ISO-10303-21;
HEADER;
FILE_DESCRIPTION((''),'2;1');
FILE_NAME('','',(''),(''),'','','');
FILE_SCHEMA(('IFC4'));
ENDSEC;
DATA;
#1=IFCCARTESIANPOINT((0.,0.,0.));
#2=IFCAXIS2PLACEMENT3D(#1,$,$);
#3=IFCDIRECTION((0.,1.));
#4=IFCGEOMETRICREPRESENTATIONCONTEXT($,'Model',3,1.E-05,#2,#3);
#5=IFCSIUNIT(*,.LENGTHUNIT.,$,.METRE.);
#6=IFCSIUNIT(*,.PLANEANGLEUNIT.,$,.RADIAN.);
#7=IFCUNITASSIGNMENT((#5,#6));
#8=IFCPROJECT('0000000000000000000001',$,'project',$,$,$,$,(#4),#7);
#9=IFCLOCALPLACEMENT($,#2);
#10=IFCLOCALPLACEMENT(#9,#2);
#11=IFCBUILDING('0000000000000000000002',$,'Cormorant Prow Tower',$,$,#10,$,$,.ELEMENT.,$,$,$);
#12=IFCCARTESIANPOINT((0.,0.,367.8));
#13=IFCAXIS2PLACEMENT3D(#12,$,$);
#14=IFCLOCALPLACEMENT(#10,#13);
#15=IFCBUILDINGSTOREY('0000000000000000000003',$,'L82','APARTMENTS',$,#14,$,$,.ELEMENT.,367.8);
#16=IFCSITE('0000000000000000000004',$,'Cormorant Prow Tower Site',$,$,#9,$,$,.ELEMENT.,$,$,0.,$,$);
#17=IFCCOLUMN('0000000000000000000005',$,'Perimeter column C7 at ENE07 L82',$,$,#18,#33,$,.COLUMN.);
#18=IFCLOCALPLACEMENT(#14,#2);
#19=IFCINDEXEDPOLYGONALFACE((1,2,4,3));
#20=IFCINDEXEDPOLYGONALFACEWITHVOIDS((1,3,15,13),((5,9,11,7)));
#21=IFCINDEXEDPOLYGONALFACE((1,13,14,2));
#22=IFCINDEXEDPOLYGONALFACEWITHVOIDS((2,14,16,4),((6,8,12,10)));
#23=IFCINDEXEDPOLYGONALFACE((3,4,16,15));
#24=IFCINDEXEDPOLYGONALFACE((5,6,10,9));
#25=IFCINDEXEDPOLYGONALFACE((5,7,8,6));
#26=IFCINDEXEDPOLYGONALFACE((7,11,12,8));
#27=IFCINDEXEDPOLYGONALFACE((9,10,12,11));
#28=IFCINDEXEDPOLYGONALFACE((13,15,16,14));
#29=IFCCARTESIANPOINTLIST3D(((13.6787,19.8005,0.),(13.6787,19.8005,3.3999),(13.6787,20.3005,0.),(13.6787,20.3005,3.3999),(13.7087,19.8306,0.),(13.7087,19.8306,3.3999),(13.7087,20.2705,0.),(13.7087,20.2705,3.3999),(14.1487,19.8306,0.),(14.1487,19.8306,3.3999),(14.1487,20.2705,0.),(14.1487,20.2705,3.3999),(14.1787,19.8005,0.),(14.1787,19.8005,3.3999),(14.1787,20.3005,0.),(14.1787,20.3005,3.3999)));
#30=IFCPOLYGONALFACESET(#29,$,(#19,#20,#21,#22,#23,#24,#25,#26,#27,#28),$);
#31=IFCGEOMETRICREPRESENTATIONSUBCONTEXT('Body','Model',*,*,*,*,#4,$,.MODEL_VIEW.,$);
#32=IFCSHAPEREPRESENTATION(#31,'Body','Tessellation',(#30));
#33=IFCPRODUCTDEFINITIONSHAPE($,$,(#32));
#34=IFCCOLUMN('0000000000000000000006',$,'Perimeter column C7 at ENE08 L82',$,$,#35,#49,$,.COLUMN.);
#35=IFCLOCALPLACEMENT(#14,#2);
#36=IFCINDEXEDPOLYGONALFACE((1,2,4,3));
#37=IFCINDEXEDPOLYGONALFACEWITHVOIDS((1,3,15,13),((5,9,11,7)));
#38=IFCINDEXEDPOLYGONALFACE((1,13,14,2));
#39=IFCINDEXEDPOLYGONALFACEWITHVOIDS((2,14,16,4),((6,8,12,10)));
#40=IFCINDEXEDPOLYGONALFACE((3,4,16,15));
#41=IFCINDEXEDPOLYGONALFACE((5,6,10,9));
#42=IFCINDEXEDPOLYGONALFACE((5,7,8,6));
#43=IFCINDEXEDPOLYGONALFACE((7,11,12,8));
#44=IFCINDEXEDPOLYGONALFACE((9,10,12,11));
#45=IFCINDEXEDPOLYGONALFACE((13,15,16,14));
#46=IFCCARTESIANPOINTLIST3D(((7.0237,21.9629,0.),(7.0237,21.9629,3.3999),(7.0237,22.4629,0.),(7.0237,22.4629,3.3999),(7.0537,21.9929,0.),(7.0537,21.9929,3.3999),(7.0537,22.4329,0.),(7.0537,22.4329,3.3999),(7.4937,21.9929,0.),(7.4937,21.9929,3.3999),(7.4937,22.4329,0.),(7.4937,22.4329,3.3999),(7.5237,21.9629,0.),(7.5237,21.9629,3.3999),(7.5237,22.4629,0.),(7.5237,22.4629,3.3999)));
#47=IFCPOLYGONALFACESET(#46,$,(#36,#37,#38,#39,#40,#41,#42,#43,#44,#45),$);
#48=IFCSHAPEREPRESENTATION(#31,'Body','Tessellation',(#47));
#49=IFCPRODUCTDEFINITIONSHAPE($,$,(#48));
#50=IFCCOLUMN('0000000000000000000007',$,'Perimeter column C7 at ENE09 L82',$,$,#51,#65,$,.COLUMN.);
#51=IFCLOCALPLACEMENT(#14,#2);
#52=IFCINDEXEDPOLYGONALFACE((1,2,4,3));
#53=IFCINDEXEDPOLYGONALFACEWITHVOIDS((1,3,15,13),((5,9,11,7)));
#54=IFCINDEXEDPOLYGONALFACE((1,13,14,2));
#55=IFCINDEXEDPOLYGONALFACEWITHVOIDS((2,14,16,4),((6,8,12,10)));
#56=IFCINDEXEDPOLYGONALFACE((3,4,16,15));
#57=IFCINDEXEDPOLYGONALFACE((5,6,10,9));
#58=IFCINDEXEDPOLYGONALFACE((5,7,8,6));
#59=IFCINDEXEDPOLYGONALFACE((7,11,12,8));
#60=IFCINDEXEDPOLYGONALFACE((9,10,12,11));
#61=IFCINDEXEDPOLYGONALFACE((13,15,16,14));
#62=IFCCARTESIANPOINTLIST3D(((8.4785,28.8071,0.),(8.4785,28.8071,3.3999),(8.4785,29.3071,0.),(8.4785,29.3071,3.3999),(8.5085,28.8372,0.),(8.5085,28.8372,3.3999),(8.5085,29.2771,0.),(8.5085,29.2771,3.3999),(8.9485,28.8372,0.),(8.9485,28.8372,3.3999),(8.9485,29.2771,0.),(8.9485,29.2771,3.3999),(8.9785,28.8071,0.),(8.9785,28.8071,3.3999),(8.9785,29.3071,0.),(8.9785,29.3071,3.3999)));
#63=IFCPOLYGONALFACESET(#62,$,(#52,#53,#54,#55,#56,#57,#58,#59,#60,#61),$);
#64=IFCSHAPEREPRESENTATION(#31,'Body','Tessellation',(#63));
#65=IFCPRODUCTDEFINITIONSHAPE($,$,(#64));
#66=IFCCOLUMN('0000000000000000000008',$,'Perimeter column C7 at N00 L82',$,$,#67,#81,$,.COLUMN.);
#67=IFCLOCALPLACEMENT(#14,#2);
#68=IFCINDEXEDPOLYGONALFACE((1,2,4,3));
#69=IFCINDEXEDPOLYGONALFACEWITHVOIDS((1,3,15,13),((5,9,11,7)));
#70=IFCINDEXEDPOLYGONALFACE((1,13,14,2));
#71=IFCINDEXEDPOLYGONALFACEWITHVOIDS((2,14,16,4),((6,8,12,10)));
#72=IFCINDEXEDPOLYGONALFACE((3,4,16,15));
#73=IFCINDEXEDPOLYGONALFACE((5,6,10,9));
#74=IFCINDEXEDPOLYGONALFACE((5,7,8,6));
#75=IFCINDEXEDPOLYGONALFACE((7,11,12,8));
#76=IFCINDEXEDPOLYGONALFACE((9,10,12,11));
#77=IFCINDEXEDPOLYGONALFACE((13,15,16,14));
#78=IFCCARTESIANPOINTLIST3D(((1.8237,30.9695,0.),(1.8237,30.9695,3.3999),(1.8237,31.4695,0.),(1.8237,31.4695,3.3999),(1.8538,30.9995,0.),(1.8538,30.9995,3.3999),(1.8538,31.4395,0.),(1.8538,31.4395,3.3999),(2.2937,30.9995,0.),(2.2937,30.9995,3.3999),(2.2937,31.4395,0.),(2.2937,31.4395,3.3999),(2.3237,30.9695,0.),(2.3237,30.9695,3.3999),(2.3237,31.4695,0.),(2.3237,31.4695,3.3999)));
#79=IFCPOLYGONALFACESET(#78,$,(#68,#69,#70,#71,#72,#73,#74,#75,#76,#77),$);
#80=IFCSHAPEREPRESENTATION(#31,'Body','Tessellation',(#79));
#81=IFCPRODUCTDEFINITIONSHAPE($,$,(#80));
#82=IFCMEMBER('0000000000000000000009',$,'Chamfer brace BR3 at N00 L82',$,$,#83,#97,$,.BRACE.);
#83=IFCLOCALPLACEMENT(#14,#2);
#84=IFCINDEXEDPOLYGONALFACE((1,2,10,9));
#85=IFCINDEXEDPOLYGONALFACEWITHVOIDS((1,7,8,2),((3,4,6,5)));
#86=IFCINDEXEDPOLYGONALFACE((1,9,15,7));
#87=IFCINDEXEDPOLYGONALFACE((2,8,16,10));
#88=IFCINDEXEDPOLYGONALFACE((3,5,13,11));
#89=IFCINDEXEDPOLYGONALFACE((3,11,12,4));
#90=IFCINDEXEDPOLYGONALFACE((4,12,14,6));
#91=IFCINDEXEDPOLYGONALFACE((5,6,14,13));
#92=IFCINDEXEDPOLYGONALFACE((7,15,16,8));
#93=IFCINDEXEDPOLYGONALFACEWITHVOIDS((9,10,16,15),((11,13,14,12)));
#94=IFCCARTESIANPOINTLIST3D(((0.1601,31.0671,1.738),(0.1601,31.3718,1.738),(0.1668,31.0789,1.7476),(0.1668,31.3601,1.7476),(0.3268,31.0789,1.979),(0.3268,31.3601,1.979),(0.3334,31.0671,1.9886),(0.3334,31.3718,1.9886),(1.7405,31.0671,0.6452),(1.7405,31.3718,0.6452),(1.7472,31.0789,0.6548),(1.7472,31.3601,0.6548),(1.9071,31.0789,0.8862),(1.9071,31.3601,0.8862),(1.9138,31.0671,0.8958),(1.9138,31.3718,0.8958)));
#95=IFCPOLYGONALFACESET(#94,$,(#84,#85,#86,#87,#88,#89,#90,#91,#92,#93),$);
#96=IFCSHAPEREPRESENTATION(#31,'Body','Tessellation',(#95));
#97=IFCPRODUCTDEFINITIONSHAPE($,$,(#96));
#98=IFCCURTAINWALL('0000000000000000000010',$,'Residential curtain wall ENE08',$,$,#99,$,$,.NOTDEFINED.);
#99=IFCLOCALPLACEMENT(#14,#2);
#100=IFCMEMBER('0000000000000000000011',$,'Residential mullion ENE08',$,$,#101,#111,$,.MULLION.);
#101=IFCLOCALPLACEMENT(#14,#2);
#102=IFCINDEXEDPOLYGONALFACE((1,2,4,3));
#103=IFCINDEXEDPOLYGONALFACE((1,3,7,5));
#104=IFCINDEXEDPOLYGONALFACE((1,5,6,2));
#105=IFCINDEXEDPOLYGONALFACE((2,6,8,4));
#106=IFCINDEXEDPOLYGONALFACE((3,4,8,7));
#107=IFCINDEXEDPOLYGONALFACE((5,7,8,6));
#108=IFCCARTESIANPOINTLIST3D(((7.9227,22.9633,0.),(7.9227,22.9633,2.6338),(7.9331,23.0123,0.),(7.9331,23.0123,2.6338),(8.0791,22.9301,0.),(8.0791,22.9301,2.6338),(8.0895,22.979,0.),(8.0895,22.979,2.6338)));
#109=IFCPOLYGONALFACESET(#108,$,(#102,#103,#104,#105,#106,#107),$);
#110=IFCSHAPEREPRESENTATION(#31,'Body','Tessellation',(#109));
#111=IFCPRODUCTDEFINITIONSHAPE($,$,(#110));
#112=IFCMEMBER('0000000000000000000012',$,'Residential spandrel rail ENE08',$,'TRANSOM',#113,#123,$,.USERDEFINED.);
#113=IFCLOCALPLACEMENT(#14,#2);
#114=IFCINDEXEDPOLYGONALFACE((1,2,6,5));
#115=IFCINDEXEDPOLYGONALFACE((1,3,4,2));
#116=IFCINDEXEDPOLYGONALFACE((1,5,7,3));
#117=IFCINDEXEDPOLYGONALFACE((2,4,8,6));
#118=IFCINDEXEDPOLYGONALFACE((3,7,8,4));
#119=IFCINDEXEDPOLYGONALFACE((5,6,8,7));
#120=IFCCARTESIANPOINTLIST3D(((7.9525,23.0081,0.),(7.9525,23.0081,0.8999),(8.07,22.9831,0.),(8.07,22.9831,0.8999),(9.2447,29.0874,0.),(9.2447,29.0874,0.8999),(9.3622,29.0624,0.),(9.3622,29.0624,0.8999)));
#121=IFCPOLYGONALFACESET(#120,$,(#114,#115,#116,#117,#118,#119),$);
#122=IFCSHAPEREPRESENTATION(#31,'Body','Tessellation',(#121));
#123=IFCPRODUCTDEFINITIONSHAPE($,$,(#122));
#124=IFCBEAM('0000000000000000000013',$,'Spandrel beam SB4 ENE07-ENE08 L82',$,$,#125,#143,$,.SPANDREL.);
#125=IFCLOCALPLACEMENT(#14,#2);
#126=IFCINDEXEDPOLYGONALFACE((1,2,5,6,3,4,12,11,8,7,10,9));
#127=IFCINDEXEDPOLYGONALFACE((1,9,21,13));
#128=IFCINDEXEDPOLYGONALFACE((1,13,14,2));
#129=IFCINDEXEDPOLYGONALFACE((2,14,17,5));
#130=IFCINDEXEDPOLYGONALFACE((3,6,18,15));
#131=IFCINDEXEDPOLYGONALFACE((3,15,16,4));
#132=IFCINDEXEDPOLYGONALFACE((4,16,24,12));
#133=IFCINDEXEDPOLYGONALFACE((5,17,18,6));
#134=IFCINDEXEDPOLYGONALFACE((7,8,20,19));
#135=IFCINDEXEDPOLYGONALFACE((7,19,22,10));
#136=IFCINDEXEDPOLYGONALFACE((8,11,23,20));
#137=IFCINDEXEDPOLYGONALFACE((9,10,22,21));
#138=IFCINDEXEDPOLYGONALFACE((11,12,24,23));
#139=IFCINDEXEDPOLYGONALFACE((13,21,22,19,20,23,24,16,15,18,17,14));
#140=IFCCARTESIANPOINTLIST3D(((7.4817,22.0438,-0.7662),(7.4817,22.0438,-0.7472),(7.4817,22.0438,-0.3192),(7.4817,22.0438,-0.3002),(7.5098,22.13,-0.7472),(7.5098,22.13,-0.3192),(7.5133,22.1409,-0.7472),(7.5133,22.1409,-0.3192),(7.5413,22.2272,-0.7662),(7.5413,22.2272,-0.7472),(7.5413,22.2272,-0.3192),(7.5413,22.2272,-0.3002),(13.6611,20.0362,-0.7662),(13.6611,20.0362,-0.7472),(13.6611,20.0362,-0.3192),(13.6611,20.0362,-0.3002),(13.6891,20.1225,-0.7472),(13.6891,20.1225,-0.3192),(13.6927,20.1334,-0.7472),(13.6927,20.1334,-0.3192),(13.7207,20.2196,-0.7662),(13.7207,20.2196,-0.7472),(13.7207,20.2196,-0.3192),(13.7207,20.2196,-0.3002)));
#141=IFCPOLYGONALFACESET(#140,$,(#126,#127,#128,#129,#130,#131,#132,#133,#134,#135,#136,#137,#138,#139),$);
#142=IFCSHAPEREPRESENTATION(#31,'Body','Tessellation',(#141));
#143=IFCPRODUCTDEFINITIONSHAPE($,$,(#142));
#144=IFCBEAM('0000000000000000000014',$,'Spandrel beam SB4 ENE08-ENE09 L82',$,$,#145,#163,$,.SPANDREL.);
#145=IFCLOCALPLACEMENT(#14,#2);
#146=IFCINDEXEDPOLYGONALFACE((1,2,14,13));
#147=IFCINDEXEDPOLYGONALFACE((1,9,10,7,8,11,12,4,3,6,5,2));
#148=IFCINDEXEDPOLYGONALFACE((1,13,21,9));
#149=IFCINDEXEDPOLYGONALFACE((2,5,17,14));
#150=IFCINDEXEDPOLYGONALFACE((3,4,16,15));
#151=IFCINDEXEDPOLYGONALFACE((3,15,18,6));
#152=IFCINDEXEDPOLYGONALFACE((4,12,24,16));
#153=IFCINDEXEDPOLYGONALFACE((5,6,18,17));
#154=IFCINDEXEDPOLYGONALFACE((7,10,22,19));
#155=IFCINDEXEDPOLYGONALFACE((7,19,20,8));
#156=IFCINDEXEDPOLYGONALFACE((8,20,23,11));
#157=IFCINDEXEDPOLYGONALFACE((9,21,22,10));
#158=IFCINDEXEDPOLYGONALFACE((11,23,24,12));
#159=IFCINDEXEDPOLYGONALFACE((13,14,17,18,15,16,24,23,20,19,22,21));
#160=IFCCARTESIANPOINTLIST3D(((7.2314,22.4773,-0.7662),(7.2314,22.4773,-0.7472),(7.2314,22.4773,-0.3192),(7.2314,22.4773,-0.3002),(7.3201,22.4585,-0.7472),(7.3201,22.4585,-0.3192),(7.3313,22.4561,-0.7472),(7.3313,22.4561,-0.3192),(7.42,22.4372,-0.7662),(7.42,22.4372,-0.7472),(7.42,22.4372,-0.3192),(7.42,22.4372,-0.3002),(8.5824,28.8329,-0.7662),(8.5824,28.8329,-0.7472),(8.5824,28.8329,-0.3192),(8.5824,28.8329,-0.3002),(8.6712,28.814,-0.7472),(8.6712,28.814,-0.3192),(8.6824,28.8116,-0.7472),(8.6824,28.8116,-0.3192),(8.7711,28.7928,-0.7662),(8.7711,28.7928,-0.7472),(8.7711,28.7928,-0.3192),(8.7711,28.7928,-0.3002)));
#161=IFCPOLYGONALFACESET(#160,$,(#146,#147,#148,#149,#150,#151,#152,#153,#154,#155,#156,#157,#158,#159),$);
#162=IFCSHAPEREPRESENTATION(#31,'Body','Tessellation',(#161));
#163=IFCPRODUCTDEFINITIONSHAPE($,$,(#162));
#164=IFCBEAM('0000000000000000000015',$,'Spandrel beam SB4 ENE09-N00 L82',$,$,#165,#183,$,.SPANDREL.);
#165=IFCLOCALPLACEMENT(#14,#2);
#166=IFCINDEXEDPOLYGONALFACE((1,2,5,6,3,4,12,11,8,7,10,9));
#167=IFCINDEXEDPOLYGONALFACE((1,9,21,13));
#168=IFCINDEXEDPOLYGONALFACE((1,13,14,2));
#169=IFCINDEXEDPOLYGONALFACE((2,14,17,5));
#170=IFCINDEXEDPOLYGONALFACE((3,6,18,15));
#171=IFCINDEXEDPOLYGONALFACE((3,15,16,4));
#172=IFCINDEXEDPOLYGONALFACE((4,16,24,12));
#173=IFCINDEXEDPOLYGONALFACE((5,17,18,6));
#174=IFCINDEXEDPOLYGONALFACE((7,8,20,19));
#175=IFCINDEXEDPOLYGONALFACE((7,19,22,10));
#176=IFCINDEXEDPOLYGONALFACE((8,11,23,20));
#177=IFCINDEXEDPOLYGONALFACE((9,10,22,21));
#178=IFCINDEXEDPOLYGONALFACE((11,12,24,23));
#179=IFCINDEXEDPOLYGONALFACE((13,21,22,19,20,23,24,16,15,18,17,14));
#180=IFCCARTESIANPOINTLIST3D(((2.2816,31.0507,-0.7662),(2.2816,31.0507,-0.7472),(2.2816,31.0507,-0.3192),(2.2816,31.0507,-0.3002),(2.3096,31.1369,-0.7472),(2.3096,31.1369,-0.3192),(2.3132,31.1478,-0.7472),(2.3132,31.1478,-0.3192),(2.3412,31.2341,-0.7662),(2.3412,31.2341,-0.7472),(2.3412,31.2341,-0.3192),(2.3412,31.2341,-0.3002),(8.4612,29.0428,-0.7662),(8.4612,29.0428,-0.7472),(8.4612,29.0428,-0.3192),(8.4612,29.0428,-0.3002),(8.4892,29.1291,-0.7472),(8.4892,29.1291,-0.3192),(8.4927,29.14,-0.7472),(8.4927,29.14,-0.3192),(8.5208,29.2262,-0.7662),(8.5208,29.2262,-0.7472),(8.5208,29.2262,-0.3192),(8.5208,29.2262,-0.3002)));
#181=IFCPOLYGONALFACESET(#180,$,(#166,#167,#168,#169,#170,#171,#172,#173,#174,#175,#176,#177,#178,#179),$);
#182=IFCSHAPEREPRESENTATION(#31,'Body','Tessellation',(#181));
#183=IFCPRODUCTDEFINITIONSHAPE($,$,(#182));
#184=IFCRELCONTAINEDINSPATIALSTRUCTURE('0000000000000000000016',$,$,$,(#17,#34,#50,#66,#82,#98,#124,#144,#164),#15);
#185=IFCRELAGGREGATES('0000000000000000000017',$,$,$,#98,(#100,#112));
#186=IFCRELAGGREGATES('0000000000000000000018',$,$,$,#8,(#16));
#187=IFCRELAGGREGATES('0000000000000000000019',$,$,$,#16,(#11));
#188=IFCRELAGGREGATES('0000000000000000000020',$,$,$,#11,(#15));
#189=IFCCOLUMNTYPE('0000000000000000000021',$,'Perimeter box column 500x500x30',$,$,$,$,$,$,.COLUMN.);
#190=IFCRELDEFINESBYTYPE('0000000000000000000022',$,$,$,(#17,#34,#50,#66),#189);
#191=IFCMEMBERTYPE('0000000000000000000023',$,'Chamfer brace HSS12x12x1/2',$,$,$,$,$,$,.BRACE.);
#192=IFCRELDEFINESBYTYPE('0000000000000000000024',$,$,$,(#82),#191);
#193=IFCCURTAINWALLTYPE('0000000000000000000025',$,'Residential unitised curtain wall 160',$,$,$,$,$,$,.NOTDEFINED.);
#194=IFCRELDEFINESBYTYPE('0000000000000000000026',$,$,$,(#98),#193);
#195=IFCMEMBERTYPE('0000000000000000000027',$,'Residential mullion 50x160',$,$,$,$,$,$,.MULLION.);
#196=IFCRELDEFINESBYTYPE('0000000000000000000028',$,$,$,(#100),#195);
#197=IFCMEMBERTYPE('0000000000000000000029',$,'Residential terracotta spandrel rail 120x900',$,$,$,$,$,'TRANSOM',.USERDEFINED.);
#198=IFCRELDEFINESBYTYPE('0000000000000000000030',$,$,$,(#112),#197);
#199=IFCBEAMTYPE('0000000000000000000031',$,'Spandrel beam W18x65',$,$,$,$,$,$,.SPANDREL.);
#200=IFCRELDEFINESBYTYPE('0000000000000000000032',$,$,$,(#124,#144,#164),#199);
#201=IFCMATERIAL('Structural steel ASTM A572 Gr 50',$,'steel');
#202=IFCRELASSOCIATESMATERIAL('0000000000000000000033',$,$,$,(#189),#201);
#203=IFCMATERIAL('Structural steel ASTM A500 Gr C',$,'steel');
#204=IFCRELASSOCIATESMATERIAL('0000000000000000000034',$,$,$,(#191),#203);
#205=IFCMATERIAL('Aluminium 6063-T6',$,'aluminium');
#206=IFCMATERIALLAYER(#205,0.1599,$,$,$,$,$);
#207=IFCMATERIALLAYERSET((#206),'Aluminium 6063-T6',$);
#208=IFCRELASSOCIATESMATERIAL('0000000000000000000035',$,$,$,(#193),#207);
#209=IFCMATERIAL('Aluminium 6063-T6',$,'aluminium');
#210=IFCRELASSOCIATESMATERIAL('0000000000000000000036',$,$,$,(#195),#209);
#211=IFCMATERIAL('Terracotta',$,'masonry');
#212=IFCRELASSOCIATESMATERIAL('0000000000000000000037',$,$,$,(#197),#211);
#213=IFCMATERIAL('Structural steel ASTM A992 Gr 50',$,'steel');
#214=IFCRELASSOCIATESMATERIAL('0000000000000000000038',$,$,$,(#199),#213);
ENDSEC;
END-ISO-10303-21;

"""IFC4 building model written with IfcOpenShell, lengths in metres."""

from ifc_helpers import new_model, si_unit, direction, frame, origin, origin_2d, place, context, subcontext, project, spatial, rectangle, hollow_rectangle, i_section, extrude, material, layer, layer_set, material_profile, profile_set, type_object, element, aggregate, save


model = new_model("IFC4")

# Units and contexts
model_context = context("Model", 3, precision=1e-05, world=origin(), true_north=direction((0.0, 1.0)))
body_context = subcontext(model_context, "Body", "Model", "MODEL_VIEW")
ifc_project = project(units=[si_unit("LENGTHUNIT", "METRE"), si_unit("PLANEANGLEUNIT", "RADIAN")], contexts=[model_context])

# Site, building, storey
site_placement = place(None, origin())
site = spatial("IfcSite", under=ifc_project, at=site_placement, Name="Cormorant Prow Tower Site", CompositionType="ELEMENT", RefElevation=0.0)
building_placement = place(site_placement, origin())
building = spatial("IfcBuilding", under=site, at=building_placement, Name="Cormorant Prow Tower", CompositionType="ELEMENT")
storey_placement = place(building_placement, frame((0.0, 0.0, 367.8)))
storey = spatial("IfcBuildingStorey", under=building, at=storey_placement, Name="L82", Description="APARTMENTS", CompositionType="ELEMENT", Elevation=367.8)

# Columns
ifc_material_1 = material(Name="Structural steel ASTM A572 Gr 50", Category="steel")
ifc_material_profile_1 = material_profile(ifc_material_1, hollow_rectangle(XDim=0.5, YDim=0.5, WallThickness=0.03, at=origin_2d()), Name="Box 500x500x30")
ifc_profile_set_1 = profile_set([ifc_material_profile_1], Name="Structural steel ASTM A572 Gr 50")
column_type = type_object("IfcColumnType", Name="Perimeter box column 500x500x30", PredefinedType="COLUMN", material=ifc_profile_set_1)
for number, where, z_axis, x_axis, name in (
    (1, (13.9287, 20.0505, 0.0), (0.0, 0.0, 1.0), (1.0, 0.0, 0.0), "Perimeter column C7 at ENE07 L82"),
    (2, (7.2737, 22.2129, 0.0), (0.0, 0.0, 1.0), (1.0, 0.0, 0.0), "Perimeter column C7 at ENE08 L82"),
    (3, (8.7285, 29.0571, 0.0), (0.0, 0.0, 1.0), (1.0, 0.0, 0.0), "Perimeter column C7 at ENE09 L82"),
    (4, (2.0737, 31.2195, 0.0), (0.0, 0.0, 1.0), (1.0, 0.0, 0.0), "Perimeter column C7 at N00 L82"),
):
    element("IfcColumn", number, at=place(storey_placement, frame(where, z_axis=z_axis, x_axis=x_axis)), inside=storey, type_object=column_type, Name=name, PredefinedType="COLUMN", context=body_context, shape_type="SweptSolid", body=[
        extrude(hollow_rectangle(XDim=0.5, YDim=0.5, WallThickness=0.03, at=origin_2d()), origin(), (0.0, 0.0, 1.0), 3.3999),
    ])

# Member
ifc_material_2 = material(Name="Structural steel ASTM A500 Gr C", Category="steel")
ifc_material_profile_2 = material_profile(ifc_material_2, hollow_rectangle(XDim=0.3047, YDim=0.3047, WallThickness=0.0117, at=origin_2d()), Name="HSS12x12x1/2")
ifc_profile_set_2 = profile_set([ifc_material_profile_2], Name="Structural steel ASTM A500 Gr C")
member_type_1 = type_object("IfcMemberType", Name="Chamfer brace HSS12x12x1/2", PredefinedType="BRACE", material=ifc_profile_set_2)
member_1_placement = place(storey_placement, frame((1.8271, 31.2195, 0.7705), z_axis=(-0.822508, 0.0, 0.568754), x_axis=(0.0, -1.0, 0.0)))
element("IfcMember", 5, at=member_1_placement, inside=storey, type_object=member_type_1, Name="Chamfer brace BR3 at N00 L82", PredefinedType="BRACE", context=body_context, shape_type="SweptSolid", body=[
    extrude(hollow_rectangle(XDim=0.3047, YDim=0.3047, WallThickness=0.0117, at=origin_2d()), origin(), (0.0, 0.0, 1.0), 1.9214),
])

# Curtain wall, members
ifc_material_3 = material(Name="Aluminium 6063-T6", Category="aluminium")
ifc_layer_1 = layer(ifc_material_3, 0.1599)
ifc_layer_set_1 = layer_set([ifc_layer_1], Name="Aluminium 6063-T6")
curtain_wall_type = type_object("IfcCurtainWallType", Name="Residential unitised curtain wall 160", PredefinedType="NOTDEFINED", material=ifc_layer_set_1)
curtain_wall_placement = place(storey_placement, origin())
curtain_wall = element("IfcCurtainWall", 6, at=curtain_wall_placement, inside=storey, type_object=curtain_wall_type, Name="Residential curtain wall ENE08", PredefinedType="NOTDEFINED")
ifc_material_4 = material(Name="Aluminium 6063-T6", Category="aluminium")
ifc_material_profile_3 = material_profile(ifc_material_4, rectangle(XDim=0.1599, YDim=0.05, at=origin_2d()), Name="Residential mullion 50x160")
ifc_profile_set_3 = profile_set([ifc_material_profile_3], Name="Aluminium 6063-T6")
member_type_2 = type_object("IfcMemberType", Name="Residential mullion 50x160", PredefinedType="MULLION", material=ifc_profile_set_3)
member_2_placement = place(storey_placement, frame((8.0061, 22.9712, 0.0), z_axis=(0.0, 0.0, 1.0), x_axis=(-0.978148, 0.207912, 0.0)))
member_2 = element("IfcMember", 7, at=member_2_placement, type_object=member_type_2, Name="Residential mullion ENE08", PredefinedType="MULLION", context=body_context, shape_type="SweptSolid", body=[
    extrude(rectangle(XDim=0.1599, YDim=0.05, at=origin_2d()), origin(), (0.0, 0.0, 1.0), 2.6338),
])
ifc_material_5 = material(Name="Terracotta", Category="masonry")
ifc_material_profile_4 = material_profile(ifc_material_5, rectangle(XDim=0.1201, YDim=0.8999, at=origin_2d()), Name="Residential terracotta spandrel rail 120x900")
ifc_profile_set_4 = profile_set([ifc_material_profile_4], Name="Terracotta")
member_type_3 = type_object("IfcMemberType", Name="Residential terracotta spandrel rail 120x900", ElementType="TRANSOM", PredefinedType="USERDEFINED", material=ifc_profile_set_4)
member_3_placement = place(storey_placement, frame((8.0112, 22.9956, 0.45), z_axis=(0.207917, 0.978147, 0.0), x_axis=(-0.978147, 0.207917, 0.0)))
member_3 = element("IfcMember", 8, at=member_3_placement, type_object=member_type_3, Name="Residential spandrel rail ENE08", ObjectType="TRANSOM", PredefinedType="USERDEFINED", context=body_context, shape_type="SweptSolid", body=[
    extrude(rectangle(XDim=0.1201, YDim=0.8999, at=origin_2d()), origin(), (0.0, 0.0, 1.0), 6.2151),
])

# Beams
ifc_material_6 = material(Name="Structural steel ASTM A992 Gr 50", Category="steel")
ifc_material_profile_5 = material_profile(ifc_material_6, i_section(OverallWidth=0.1929, OverallDepth=0.4661, WebThickness=0.0115, FlangeThickness=0.019, at=origin_2d()), Name="W18x65")
ifc_profile_set_5 = profile_set([ifc_material_profile_5], Name="Structural steel ASTM A992 Gr 50")
beam_type = type_object("IfcBeamType", Name="Spandrel beam W18x65", PredefinedType="SPANDREL", material=ifc_profile_set_5)
beam_1_placement = place(storey_placement, frame((13.6909, 20.1279, -0.5332), z_axis=(-0.951068, 0.308982, 0.0), x_axis=(-0.308982, -0.951068, 0.0)))
element("IfcBeam", 9, at=beam_1_placement, inside=storey, type_object=beam_type, Name="Spandrel beam SB4 ENE07-ENE08 L82", PredefinedType="SPANDREL", context=body_context, shape_type="SweptSolid", body=[
    extrude(i_section(OverallWidth=0.1929, OverallDepth=0.4661, WebThickness=0.0115, FlangeThickness=0.019, at=origin_2d()), origin(), (0.0, 0.0, 1.0), 6.4973),
])
for number, where, z_axis, x_axis, name in (
    (10, (7.3257, 22.4573, -0.5332), (0.207938, 0.978142, 0.0), (-0.978142, 0.207938, 0.0), "Spandrel beam SB4 ENE08-ENE09 L82"),
    (11, (8.491, 29.1345, -0.5332), (-0.951057, 0.309016, 0.0), (-0.309016, -0.951057, 0.0), "Spandrel beam SB4 ENE09-N00 L82"),
):
    element("IfcBeam", number, at=place(storey_placement, frame(where, z_axis=z_axis, x_axis=x_axis)), inside=storey, type_object=beam_type, Name=name, PredefinedType="SPANDREL", context=body_context, shape_type="SweptSolid", body=[
        extrude(i_section(OverallWidth=0.1929, OverallDepth=0.4661, WebThickness=0.0115, FlangeThickness=0.019, at=origin_2d()), origin(), (0.0, 0.0, 1.0), 6.4976),
    ])

aggregate(curtain_wall, [member_2, member_3])

save(model, "model.ifc")
